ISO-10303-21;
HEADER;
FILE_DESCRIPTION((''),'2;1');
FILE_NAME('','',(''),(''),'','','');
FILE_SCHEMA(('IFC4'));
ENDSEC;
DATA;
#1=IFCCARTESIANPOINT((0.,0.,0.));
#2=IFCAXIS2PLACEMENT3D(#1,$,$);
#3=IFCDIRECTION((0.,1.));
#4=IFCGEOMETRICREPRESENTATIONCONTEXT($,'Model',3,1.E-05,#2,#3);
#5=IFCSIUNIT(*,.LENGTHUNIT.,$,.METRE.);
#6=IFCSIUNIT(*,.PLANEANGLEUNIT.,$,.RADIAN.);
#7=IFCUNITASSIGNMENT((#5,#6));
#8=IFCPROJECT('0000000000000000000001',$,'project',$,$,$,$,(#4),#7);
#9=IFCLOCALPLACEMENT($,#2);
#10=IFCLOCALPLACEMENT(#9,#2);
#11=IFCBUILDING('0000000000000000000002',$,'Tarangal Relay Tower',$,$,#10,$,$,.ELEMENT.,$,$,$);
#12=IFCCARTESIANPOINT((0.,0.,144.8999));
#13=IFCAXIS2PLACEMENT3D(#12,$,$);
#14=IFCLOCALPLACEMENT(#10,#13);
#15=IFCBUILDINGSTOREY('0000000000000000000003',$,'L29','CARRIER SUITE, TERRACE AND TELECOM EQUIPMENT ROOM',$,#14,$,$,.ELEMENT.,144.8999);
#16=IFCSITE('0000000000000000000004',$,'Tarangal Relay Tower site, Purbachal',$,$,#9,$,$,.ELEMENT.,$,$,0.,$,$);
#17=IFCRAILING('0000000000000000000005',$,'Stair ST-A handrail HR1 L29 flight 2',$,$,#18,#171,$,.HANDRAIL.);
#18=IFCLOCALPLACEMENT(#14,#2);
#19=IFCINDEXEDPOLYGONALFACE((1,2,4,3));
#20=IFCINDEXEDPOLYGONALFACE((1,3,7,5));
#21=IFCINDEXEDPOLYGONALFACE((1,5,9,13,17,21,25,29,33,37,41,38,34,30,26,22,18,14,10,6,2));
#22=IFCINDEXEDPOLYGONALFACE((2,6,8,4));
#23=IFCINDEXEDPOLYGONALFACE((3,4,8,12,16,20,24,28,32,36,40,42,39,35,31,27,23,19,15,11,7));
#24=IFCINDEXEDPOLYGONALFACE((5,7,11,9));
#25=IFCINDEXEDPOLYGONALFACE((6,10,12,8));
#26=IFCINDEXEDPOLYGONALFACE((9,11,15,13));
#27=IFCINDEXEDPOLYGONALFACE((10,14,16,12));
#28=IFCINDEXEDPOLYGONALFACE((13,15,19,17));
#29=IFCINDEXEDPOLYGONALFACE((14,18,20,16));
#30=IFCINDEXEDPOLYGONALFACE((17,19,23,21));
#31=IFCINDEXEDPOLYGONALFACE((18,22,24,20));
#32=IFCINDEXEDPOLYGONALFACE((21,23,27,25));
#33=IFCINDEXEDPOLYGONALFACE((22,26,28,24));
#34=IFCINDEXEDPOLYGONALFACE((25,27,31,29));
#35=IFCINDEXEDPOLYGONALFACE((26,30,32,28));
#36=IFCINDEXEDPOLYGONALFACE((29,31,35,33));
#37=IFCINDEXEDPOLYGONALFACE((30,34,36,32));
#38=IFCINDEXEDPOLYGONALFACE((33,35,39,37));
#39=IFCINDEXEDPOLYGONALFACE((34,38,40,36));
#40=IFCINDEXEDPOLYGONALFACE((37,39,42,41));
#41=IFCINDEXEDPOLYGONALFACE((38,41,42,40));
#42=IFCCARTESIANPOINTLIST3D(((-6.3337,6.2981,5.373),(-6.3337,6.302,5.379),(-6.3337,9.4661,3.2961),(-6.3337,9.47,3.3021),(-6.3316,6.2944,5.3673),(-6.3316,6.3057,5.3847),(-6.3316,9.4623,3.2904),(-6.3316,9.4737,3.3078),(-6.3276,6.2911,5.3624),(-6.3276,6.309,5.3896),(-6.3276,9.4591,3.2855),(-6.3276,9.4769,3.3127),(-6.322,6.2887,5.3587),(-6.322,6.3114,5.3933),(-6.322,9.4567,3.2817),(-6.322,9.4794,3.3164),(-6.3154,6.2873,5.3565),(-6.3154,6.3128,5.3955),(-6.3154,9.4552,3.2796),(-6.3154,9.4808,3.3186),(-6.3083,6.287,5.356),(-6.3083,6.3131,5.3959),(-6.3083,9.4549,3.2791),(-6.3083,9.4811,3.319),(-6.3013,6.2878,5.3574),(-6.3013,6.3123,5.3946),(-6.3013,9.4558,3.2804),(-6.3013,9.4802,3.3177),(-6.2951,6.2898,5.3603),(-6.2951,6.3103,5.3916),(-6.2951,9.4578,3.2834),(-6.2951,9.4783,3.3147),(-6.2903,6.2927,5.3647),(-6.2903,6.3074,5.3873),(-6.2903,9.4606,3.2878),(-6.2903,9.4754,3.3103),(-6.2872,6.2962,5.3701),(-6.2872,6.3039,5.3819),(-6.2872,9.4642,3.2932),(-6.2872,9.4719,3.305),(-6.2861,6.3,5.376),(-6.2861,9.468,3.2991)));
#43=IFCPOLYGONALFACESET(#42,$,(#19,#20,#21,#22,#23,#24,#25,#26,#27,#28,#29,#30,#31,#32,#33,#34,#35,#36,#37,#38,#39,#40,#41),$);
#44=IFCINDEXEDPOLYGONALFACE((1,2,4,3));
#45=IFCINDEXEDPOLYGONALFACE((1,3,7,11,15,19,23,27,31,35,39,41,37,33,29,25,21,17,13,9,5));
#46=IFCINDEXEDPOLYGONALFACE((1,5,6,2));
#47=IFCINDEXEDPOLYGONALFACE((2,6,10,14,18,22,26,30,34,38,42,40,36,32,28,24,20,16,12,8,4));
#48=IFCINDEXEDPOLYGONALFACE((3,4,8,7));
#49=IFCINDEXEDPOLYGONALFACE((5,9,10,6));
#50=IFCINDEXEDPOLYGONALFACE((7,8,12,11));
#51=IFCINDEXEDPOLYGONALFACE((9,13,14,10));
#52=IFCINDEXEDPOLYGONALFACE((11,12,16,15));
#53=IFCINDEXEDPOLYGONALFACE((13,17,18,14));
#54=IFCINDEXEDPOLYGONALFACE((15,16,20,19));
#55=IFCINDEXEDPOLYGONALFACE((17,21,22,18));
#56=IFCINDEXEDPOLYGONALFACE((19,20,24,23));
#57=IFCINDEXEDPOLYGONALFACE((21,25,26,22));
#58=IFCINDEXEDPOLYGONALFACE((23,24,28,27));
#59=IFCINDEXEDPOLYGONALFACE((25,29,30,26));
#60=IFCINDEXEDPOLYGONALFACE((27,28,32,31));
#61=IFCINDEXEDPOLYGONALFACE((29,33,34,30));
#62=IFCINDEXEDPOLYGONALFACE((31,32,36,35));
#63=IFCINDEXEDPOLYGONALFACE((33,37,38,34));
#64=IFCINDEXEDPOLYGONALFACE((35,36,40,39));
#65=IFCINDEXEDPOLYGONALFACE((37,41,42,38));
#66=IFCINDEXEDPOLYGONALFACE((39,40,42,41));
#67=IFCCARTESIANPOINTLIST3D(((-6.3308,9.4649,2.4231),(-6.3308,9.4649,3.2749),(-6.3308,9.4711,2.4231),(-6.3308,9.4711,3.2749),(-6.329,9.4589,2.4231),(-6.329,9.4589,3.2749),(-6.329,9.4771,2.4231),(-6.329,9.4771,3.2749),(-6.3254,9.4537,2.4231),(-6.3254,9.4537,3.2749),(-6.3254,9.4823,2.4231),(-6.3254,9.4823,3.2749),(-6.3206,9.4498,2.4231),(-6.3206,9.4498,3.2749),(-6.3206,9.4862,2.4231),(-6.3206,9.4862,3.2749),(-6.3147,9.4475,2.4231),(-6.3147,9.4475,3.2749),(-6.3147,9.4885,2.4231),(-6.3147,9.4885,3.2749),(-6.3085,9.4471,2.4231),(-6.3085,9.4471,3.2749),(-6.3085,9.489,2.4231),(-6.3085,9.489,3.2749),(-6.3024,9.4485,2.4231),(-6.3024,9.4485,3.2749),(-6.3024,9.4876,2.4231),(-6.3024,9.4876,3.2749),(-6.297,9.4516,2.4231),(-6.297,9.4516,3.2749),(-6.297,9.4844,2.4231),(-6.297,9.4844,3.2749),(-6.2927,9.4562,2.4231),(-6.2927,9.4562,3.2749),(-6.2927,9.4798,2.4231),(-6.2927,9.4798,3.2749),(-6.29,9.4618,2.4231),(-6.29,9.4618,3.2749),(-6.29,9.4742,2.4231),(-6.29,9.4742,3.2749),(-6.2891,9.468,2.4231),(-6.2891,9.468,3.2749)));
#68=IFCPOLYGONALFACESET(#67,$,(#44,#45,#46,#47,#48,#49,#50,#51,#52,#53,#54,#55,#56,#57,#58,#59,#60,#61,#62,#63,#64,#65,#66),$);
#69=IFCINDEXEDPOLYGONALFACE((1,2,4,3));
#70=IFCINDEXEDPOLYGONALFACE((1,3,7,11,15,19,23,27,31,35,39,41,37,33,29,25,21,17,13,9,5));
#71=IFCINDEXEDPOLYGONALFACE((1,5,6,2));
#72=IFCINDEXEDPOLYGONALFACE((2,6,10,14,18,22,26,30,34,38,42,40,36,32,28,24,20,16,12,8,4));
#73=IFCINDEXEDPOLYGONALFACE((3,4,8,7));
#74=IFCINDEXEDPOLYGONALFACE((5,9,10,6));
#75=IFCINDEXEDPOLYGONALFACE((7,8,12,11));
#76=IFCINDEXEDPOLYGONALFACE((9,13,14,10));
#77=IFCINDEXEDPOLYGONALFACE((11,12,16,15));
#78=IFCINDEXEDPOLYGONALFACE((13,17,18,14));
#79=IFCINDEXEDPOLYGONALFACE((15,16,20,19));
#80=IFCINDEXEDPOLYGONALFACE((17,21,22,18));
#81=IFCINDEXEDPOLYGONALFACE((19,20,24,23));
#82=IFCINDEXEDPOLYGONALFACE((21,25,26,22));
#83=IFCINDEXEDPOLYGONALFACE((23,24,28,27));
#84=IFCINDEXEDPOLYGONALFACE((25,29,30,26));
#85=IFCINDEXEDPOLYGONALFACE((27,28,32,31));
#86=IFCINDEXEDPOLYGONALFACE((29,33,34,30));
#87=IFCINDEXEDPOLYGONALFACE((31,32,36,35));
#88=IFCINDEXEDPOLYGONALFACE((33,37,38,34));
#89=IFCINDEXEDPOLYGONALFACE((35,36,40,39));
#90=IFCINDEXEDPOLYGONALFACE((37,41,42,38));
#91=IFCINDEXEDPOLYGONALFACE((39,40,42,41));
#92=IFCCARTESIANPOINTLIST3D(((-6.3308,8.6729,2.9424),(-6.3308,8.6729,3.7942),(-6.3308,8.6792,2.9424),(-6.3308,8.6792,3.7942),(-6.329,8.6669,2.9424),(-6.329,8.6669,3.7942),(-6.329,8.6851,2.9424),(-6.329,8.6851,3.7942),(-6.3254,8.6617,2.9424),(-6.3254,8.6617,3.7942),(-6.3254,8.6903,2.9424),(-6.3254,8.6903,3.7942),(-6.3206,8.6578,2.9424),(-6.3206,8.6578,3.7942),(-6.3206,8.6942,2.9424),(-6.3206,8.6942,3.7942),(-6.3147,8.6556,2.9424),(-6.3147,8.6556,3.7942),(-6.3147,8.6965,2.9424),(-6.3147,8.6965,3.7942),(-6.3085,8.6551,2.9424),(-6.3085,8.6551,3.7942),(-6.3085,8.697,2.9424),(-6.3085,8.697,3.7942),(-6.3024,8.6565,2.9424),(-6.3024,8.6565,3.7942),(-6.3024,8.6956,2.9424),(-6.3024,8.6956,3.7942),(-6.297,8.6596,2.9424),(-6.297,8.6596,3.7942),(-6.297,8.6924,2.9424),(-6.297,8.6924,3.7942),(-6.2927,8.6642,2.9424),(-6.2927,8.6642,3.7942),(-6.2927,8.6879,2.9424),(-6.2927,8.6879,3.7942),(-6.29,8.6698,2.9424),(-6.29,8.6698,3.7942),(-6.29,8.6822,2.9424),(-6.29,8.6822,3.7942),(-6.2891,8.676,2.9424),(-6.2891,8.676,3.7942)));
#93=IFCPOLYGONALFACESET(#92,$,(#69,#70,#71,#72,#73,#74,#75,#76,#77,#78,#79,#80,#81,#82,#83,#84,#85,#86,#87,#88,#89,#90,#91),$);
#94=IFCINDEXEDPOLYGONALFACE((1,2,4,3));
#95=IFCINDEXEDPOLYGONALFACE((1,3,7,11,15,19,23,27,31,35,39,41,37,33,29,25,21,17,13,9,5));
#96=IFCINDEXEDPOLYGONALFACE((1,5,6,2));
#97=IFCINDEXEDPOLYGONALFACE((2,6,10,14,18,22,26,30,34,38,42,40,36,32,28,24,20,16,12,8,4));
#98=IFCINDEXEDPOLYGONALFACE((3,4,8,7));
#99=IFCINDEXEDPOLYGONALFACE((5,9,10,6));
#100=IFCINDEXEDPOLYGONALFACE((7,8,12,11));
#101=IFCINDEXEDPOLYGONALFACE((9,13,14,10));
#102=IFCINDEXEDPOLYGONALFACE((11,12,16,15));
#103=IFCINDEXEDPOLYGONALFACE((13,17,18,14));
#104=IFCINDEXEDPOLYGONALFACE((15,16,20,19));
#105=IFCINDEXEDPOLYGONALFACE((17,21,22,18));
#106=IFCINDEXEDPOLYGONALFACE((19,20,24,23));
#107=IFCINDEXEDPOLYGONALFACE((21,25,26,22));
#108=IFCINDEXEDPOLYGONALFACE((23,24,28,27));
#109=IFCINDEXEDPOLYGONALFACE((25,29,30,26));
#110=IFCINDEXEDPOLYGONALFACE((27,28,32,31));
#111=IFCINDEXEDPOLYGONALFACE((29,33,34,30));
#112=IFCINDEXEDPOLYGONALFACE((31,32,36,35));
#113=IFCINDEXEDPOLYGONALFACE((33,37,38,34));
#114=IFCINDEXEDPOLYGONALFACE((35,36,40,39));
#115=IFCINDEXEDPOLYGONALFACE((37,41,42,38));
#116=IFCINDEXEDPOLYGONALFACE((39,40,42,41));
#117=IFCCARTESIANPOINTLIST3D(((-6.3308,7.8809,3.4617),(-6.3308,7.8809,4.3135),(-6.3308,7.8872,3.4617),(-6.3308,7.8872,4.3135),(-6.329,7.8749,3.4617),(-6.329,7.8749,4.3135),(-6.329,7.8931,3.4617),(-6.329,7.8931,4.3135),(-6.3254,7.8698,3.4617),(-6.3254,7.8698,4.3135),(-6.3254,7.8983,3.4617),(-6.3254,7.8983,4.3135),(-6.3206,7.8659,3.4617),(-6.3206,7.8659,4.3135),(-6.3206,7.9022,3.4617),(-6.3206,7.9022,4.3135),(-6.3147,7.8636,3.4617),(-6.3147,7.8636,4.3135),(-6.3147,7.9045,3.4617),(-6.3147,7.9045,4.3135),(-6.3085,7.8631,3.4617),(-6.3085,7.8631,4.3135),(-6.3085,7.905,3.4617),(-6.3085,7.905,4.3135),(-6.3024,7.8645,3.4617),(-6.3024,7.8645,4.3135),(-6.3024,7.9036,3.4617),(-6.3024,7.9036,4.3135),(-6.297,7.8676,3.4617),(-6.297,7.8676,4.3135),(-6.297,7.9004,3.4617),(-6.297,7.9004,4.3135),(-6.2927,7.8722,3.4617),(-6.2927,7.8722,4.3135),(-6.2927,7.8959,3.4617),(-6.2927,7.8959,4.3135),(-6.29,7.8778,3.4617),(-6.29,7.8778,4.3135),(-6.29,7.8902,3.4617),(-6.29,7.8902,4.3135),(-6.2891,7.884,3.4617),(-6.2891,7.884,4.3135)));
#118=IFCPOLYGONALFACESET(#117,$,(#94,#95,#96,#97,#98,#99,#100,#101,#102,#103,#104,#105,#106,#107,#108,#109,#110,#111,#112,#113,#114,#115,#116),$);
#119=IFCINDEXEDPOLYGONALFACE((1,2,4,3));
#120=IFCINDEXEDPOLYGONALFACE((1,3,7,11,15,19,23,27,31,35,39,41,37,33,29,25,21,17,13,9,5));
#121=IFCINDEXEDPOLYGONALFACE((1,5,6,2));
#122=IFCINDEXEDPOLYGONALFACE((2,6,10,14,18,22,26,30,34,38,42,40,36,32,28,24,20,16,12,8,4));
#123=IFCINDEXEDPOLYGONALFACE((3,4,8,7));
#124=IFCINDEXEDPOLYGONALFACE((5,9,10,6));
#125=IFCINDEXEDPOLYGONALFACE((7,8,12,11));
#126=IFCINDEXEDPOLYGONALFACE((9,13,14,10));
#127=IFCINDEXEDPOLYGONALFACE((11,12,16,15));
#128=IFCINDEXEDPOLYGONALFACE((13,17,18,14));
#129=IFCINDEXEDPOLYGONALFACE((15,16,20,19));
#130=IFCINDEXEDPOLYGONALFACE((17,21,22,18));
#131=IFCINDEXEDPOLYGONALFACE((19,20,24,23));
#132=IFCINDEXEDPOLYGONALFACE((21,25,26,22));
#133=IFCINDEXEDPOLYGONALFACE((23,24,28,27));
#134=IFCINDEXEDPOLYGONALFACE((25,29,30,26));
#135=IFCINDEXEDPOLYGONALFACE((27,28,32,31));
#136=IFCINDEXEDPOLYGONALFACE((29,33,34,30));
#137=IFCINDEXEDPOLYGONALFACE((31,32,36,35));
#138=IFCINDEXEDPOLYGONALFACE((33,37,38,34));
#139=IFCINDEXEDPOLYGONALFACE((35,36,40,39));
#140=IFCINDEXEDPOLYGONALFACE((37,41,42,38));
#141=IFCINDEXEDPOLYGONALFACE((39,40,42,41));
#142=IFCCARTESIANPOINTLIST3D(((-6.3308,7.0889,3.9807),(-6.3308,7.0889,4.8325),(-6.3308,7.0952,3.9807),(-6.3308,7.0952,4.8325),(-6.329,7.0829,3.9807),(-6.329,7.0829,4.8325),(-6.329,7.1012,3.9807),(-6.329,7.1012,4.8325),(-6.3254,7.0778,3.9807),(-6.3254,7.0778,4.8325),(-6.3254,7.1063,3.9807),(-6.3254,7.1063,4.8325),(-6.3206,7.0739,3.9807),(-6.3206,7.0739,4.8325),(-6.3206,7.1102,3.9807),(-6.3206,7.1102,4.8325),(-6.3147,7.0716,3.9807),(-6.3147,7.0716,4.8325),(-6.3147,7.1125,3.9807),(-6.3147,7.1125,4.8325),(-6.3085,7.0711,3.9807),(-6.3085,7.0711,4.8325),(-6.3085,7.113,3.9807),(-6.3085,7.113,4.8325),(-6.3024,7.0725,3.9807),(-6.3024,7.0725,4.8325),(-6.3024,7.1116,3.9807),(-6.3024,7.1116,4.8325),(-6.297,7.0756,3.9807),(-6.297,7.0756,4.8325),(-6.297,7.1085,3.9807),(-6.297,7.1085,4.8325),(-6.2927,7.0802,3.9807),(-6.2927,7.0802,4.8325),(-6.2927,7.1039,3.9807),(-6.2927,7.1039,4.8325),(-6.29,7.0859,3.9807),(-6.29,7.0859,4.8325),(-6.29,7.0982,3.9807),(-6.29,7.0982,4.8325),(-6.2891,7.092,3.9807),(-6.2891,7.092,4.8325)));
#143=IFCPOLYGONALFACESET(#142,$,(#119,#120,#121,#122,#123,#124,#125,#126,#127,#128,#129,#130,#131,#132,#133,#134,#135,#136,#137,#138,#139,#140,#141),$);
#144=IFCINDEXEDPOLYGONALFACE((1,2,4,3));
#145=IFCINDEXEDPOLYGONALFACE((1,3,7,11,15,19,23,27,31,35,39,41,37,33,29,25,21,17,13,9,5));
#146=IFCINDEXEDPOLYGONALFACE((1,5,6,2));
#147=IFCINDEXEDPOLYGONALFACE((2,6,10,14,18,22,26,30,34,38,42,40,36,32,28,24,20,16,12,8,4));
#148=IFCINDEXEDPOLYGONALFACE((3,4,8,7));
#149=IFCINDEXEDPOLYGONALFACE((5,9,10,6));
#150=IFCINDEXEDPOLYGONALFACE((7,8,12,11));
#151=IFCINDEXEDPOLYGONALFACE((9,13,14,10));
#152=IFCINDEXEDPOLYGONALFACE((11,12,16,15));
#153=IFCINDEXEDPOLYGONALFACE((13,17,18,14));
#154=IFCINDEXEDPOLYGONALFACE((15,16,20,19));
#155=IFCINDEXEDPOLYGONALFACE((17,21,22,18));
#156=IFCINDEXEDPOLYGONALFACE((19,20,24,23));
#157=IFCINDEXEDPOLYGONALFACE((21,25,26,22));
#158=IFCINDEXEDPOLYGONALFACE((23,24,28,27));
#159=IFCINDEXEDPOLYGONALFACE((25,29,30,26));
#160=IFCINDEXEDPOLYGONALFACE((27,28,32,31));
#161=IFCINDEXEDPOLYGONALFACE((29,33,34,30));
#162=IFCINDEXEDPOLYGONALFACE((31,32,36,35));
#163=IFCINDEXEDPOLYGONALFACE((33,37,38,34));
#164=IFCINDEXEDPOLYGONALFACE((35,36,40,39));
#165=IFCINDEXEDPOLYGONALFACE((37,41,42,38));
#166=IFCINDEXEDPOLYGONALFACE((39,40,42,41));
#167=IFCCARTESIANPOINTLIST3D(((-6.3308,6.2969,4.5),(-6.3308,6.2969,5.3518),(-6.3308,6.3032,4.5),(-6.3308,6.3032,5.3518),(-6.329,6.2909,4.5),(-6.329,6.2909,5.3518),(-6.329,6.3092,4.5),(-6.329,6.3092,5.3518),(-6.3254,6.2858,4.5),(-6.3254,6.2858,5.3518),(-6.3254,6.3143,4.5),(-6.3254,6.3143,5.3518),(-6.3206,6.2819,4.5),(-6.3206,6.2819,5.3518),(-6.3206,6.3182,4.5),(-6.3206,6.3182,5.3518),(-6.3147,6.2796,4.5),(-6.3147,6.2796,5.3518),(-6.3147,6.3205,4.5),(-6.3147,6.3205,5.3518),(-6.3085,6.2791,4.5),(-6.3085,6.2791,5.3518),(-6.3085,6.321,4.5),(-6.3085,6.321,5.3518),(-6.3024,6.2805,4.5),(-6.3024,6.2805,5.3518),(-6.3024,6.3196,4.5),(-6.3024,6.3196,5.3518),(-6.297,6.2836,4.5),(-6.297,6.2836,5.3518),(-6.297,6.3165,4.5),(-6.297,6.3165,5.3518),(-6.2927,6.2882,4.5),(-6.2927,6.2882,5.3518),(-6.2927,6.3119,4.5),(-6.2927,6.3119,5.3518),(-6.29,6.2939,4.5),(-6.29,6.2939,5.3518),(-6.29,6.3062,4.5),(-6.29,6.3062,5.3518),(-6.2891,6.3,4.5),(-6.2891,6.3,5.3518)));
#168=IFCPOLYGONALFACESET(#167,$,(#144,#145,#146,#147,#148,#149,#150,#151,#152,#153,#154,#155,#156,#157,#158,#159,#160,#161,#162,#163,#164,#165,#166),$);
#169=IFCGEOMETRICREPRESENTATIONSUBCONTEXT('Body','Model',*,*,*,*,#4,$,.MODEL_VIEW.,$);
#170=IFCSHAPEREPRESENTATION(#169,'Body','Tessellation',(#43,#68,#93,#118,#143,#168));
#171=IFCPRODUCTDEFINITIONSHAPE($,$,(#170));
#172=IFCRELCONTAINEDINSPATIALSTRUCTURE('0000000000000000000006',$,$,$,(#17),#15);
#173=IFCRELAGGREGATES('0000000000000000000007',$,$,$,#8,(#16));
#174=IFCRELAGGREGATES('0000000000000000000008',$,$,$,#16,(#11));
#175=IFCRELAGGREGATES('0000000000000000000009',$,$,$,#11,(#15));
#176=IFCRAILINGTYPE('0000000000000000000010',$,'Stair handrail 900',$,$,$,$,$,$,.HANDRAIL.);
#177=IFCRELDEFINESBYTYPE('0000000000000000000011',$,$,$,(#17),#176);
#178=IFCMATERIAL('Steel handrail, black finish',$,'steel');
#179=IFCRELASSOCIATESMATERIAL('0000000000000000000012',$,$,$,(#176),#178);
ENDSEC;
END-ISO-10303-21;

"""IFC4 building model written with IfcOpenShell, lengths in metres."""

from ifc_helpers import new_model, si_unit, direction, frame, origin, origin_2d, place, context, subcontext, project, spatial, circle, extrude, material, type_object, element, save


model = new_model("IFC4")

# Units and contexts
model_context = context("Model", 3, precision=1e-05, world=origin(), true_north=direction((0.0, 1.0)))
body_context = subcontext(model_context, "Body", "Model", "MODEL_VIEW")
ifc_project = project(units=[si_unit("LENGTHUNIT", "METRE"), si_unit("PLANEANGLEUNIT", "RADIAN")], contexts=[model_context])

# Site, building, storey
site_placement = place(None, origin())
site = spatial("IfcSite", under=ifc_project, at=site_placement, Name="Tarangal Relay Tower site, Purbachal", CompositionType="ELEMENT", RefElevation=0.0)
building_placement = place(site_placement, origin())
building = spatial("IfcBuilding", under=site, at=building_placement, Name="Tarangal Relay Tower", CompositionType="ELEMENT")
storey_placement = place(building_placement, frame((0.0, 0.0, 144.8999)))
storey = spatial("IfcBuildingStorey", under=building, at=storey_placement, Name="L29", Description="CARRIER SUITE, TERRACE AND TELECOM EQUIPMENT ROOM", CompositionType="ELEMENT", Elevation=144.8999)

# Railing
ifc_material_1 = material(Name="Steel handrail, black finish", Category="steel")
railing_type_1 = type_object("IfcRailingType", Name="Stair handrail 900", PredefinedType="HANDRAIL", material=ifc_material_1)
railing_1_placement = place(storey_placement, frame((-6.3101, 9.468, 2.4231)))
element("IfcRailing", 1, at=railing_1_placement, inside=storey, type_object=railing_type_1, Name="Stair ST-A handrail HR1 L29 flight 2", PredefinedType="HANDRAIL", context=body_context, shape_type="SweptSolid", body=[
    extrude(circle(Radius=0.0239, at=origin_2d()), frame((0.0, 0.0, 0.876), z_axis=(0.0, -0.836299, 0.548273), x_axis=(1.0, 0.0, 0.0)), (0.0, 0.0, 1.0), 3.7881),
    extrude(circle(Radius=0.021, at=origin_2d()), origin(), (0.0, 0.0, 1.0), 0.8518),
    extrude(circle(Radius=0.021, at=origin_2d()), frame((0.0, -0.792, 0.5193)), (0.0, 0.0, 1.0), 0.8518),
    extrude(circle(Radius=0.021, at=origin_2d()), frame((0.0, -1.584, 1.0386)), (0.0, 0.0, 1.0), 0.8518),
    extrude(circle(Radius=0.021, at=origin_2d()), frame((0.0, -2.376, 1.5576)), (0.0, 0.0, 1.0), 0.8518),
    extrude(circle(Radius=0.021, at=origin_2d()), frame((0.0, -3.168, 2.0769)), (0.0, 0.0, 1.0), 0.8518),
])

save(model, "model.ifc")
